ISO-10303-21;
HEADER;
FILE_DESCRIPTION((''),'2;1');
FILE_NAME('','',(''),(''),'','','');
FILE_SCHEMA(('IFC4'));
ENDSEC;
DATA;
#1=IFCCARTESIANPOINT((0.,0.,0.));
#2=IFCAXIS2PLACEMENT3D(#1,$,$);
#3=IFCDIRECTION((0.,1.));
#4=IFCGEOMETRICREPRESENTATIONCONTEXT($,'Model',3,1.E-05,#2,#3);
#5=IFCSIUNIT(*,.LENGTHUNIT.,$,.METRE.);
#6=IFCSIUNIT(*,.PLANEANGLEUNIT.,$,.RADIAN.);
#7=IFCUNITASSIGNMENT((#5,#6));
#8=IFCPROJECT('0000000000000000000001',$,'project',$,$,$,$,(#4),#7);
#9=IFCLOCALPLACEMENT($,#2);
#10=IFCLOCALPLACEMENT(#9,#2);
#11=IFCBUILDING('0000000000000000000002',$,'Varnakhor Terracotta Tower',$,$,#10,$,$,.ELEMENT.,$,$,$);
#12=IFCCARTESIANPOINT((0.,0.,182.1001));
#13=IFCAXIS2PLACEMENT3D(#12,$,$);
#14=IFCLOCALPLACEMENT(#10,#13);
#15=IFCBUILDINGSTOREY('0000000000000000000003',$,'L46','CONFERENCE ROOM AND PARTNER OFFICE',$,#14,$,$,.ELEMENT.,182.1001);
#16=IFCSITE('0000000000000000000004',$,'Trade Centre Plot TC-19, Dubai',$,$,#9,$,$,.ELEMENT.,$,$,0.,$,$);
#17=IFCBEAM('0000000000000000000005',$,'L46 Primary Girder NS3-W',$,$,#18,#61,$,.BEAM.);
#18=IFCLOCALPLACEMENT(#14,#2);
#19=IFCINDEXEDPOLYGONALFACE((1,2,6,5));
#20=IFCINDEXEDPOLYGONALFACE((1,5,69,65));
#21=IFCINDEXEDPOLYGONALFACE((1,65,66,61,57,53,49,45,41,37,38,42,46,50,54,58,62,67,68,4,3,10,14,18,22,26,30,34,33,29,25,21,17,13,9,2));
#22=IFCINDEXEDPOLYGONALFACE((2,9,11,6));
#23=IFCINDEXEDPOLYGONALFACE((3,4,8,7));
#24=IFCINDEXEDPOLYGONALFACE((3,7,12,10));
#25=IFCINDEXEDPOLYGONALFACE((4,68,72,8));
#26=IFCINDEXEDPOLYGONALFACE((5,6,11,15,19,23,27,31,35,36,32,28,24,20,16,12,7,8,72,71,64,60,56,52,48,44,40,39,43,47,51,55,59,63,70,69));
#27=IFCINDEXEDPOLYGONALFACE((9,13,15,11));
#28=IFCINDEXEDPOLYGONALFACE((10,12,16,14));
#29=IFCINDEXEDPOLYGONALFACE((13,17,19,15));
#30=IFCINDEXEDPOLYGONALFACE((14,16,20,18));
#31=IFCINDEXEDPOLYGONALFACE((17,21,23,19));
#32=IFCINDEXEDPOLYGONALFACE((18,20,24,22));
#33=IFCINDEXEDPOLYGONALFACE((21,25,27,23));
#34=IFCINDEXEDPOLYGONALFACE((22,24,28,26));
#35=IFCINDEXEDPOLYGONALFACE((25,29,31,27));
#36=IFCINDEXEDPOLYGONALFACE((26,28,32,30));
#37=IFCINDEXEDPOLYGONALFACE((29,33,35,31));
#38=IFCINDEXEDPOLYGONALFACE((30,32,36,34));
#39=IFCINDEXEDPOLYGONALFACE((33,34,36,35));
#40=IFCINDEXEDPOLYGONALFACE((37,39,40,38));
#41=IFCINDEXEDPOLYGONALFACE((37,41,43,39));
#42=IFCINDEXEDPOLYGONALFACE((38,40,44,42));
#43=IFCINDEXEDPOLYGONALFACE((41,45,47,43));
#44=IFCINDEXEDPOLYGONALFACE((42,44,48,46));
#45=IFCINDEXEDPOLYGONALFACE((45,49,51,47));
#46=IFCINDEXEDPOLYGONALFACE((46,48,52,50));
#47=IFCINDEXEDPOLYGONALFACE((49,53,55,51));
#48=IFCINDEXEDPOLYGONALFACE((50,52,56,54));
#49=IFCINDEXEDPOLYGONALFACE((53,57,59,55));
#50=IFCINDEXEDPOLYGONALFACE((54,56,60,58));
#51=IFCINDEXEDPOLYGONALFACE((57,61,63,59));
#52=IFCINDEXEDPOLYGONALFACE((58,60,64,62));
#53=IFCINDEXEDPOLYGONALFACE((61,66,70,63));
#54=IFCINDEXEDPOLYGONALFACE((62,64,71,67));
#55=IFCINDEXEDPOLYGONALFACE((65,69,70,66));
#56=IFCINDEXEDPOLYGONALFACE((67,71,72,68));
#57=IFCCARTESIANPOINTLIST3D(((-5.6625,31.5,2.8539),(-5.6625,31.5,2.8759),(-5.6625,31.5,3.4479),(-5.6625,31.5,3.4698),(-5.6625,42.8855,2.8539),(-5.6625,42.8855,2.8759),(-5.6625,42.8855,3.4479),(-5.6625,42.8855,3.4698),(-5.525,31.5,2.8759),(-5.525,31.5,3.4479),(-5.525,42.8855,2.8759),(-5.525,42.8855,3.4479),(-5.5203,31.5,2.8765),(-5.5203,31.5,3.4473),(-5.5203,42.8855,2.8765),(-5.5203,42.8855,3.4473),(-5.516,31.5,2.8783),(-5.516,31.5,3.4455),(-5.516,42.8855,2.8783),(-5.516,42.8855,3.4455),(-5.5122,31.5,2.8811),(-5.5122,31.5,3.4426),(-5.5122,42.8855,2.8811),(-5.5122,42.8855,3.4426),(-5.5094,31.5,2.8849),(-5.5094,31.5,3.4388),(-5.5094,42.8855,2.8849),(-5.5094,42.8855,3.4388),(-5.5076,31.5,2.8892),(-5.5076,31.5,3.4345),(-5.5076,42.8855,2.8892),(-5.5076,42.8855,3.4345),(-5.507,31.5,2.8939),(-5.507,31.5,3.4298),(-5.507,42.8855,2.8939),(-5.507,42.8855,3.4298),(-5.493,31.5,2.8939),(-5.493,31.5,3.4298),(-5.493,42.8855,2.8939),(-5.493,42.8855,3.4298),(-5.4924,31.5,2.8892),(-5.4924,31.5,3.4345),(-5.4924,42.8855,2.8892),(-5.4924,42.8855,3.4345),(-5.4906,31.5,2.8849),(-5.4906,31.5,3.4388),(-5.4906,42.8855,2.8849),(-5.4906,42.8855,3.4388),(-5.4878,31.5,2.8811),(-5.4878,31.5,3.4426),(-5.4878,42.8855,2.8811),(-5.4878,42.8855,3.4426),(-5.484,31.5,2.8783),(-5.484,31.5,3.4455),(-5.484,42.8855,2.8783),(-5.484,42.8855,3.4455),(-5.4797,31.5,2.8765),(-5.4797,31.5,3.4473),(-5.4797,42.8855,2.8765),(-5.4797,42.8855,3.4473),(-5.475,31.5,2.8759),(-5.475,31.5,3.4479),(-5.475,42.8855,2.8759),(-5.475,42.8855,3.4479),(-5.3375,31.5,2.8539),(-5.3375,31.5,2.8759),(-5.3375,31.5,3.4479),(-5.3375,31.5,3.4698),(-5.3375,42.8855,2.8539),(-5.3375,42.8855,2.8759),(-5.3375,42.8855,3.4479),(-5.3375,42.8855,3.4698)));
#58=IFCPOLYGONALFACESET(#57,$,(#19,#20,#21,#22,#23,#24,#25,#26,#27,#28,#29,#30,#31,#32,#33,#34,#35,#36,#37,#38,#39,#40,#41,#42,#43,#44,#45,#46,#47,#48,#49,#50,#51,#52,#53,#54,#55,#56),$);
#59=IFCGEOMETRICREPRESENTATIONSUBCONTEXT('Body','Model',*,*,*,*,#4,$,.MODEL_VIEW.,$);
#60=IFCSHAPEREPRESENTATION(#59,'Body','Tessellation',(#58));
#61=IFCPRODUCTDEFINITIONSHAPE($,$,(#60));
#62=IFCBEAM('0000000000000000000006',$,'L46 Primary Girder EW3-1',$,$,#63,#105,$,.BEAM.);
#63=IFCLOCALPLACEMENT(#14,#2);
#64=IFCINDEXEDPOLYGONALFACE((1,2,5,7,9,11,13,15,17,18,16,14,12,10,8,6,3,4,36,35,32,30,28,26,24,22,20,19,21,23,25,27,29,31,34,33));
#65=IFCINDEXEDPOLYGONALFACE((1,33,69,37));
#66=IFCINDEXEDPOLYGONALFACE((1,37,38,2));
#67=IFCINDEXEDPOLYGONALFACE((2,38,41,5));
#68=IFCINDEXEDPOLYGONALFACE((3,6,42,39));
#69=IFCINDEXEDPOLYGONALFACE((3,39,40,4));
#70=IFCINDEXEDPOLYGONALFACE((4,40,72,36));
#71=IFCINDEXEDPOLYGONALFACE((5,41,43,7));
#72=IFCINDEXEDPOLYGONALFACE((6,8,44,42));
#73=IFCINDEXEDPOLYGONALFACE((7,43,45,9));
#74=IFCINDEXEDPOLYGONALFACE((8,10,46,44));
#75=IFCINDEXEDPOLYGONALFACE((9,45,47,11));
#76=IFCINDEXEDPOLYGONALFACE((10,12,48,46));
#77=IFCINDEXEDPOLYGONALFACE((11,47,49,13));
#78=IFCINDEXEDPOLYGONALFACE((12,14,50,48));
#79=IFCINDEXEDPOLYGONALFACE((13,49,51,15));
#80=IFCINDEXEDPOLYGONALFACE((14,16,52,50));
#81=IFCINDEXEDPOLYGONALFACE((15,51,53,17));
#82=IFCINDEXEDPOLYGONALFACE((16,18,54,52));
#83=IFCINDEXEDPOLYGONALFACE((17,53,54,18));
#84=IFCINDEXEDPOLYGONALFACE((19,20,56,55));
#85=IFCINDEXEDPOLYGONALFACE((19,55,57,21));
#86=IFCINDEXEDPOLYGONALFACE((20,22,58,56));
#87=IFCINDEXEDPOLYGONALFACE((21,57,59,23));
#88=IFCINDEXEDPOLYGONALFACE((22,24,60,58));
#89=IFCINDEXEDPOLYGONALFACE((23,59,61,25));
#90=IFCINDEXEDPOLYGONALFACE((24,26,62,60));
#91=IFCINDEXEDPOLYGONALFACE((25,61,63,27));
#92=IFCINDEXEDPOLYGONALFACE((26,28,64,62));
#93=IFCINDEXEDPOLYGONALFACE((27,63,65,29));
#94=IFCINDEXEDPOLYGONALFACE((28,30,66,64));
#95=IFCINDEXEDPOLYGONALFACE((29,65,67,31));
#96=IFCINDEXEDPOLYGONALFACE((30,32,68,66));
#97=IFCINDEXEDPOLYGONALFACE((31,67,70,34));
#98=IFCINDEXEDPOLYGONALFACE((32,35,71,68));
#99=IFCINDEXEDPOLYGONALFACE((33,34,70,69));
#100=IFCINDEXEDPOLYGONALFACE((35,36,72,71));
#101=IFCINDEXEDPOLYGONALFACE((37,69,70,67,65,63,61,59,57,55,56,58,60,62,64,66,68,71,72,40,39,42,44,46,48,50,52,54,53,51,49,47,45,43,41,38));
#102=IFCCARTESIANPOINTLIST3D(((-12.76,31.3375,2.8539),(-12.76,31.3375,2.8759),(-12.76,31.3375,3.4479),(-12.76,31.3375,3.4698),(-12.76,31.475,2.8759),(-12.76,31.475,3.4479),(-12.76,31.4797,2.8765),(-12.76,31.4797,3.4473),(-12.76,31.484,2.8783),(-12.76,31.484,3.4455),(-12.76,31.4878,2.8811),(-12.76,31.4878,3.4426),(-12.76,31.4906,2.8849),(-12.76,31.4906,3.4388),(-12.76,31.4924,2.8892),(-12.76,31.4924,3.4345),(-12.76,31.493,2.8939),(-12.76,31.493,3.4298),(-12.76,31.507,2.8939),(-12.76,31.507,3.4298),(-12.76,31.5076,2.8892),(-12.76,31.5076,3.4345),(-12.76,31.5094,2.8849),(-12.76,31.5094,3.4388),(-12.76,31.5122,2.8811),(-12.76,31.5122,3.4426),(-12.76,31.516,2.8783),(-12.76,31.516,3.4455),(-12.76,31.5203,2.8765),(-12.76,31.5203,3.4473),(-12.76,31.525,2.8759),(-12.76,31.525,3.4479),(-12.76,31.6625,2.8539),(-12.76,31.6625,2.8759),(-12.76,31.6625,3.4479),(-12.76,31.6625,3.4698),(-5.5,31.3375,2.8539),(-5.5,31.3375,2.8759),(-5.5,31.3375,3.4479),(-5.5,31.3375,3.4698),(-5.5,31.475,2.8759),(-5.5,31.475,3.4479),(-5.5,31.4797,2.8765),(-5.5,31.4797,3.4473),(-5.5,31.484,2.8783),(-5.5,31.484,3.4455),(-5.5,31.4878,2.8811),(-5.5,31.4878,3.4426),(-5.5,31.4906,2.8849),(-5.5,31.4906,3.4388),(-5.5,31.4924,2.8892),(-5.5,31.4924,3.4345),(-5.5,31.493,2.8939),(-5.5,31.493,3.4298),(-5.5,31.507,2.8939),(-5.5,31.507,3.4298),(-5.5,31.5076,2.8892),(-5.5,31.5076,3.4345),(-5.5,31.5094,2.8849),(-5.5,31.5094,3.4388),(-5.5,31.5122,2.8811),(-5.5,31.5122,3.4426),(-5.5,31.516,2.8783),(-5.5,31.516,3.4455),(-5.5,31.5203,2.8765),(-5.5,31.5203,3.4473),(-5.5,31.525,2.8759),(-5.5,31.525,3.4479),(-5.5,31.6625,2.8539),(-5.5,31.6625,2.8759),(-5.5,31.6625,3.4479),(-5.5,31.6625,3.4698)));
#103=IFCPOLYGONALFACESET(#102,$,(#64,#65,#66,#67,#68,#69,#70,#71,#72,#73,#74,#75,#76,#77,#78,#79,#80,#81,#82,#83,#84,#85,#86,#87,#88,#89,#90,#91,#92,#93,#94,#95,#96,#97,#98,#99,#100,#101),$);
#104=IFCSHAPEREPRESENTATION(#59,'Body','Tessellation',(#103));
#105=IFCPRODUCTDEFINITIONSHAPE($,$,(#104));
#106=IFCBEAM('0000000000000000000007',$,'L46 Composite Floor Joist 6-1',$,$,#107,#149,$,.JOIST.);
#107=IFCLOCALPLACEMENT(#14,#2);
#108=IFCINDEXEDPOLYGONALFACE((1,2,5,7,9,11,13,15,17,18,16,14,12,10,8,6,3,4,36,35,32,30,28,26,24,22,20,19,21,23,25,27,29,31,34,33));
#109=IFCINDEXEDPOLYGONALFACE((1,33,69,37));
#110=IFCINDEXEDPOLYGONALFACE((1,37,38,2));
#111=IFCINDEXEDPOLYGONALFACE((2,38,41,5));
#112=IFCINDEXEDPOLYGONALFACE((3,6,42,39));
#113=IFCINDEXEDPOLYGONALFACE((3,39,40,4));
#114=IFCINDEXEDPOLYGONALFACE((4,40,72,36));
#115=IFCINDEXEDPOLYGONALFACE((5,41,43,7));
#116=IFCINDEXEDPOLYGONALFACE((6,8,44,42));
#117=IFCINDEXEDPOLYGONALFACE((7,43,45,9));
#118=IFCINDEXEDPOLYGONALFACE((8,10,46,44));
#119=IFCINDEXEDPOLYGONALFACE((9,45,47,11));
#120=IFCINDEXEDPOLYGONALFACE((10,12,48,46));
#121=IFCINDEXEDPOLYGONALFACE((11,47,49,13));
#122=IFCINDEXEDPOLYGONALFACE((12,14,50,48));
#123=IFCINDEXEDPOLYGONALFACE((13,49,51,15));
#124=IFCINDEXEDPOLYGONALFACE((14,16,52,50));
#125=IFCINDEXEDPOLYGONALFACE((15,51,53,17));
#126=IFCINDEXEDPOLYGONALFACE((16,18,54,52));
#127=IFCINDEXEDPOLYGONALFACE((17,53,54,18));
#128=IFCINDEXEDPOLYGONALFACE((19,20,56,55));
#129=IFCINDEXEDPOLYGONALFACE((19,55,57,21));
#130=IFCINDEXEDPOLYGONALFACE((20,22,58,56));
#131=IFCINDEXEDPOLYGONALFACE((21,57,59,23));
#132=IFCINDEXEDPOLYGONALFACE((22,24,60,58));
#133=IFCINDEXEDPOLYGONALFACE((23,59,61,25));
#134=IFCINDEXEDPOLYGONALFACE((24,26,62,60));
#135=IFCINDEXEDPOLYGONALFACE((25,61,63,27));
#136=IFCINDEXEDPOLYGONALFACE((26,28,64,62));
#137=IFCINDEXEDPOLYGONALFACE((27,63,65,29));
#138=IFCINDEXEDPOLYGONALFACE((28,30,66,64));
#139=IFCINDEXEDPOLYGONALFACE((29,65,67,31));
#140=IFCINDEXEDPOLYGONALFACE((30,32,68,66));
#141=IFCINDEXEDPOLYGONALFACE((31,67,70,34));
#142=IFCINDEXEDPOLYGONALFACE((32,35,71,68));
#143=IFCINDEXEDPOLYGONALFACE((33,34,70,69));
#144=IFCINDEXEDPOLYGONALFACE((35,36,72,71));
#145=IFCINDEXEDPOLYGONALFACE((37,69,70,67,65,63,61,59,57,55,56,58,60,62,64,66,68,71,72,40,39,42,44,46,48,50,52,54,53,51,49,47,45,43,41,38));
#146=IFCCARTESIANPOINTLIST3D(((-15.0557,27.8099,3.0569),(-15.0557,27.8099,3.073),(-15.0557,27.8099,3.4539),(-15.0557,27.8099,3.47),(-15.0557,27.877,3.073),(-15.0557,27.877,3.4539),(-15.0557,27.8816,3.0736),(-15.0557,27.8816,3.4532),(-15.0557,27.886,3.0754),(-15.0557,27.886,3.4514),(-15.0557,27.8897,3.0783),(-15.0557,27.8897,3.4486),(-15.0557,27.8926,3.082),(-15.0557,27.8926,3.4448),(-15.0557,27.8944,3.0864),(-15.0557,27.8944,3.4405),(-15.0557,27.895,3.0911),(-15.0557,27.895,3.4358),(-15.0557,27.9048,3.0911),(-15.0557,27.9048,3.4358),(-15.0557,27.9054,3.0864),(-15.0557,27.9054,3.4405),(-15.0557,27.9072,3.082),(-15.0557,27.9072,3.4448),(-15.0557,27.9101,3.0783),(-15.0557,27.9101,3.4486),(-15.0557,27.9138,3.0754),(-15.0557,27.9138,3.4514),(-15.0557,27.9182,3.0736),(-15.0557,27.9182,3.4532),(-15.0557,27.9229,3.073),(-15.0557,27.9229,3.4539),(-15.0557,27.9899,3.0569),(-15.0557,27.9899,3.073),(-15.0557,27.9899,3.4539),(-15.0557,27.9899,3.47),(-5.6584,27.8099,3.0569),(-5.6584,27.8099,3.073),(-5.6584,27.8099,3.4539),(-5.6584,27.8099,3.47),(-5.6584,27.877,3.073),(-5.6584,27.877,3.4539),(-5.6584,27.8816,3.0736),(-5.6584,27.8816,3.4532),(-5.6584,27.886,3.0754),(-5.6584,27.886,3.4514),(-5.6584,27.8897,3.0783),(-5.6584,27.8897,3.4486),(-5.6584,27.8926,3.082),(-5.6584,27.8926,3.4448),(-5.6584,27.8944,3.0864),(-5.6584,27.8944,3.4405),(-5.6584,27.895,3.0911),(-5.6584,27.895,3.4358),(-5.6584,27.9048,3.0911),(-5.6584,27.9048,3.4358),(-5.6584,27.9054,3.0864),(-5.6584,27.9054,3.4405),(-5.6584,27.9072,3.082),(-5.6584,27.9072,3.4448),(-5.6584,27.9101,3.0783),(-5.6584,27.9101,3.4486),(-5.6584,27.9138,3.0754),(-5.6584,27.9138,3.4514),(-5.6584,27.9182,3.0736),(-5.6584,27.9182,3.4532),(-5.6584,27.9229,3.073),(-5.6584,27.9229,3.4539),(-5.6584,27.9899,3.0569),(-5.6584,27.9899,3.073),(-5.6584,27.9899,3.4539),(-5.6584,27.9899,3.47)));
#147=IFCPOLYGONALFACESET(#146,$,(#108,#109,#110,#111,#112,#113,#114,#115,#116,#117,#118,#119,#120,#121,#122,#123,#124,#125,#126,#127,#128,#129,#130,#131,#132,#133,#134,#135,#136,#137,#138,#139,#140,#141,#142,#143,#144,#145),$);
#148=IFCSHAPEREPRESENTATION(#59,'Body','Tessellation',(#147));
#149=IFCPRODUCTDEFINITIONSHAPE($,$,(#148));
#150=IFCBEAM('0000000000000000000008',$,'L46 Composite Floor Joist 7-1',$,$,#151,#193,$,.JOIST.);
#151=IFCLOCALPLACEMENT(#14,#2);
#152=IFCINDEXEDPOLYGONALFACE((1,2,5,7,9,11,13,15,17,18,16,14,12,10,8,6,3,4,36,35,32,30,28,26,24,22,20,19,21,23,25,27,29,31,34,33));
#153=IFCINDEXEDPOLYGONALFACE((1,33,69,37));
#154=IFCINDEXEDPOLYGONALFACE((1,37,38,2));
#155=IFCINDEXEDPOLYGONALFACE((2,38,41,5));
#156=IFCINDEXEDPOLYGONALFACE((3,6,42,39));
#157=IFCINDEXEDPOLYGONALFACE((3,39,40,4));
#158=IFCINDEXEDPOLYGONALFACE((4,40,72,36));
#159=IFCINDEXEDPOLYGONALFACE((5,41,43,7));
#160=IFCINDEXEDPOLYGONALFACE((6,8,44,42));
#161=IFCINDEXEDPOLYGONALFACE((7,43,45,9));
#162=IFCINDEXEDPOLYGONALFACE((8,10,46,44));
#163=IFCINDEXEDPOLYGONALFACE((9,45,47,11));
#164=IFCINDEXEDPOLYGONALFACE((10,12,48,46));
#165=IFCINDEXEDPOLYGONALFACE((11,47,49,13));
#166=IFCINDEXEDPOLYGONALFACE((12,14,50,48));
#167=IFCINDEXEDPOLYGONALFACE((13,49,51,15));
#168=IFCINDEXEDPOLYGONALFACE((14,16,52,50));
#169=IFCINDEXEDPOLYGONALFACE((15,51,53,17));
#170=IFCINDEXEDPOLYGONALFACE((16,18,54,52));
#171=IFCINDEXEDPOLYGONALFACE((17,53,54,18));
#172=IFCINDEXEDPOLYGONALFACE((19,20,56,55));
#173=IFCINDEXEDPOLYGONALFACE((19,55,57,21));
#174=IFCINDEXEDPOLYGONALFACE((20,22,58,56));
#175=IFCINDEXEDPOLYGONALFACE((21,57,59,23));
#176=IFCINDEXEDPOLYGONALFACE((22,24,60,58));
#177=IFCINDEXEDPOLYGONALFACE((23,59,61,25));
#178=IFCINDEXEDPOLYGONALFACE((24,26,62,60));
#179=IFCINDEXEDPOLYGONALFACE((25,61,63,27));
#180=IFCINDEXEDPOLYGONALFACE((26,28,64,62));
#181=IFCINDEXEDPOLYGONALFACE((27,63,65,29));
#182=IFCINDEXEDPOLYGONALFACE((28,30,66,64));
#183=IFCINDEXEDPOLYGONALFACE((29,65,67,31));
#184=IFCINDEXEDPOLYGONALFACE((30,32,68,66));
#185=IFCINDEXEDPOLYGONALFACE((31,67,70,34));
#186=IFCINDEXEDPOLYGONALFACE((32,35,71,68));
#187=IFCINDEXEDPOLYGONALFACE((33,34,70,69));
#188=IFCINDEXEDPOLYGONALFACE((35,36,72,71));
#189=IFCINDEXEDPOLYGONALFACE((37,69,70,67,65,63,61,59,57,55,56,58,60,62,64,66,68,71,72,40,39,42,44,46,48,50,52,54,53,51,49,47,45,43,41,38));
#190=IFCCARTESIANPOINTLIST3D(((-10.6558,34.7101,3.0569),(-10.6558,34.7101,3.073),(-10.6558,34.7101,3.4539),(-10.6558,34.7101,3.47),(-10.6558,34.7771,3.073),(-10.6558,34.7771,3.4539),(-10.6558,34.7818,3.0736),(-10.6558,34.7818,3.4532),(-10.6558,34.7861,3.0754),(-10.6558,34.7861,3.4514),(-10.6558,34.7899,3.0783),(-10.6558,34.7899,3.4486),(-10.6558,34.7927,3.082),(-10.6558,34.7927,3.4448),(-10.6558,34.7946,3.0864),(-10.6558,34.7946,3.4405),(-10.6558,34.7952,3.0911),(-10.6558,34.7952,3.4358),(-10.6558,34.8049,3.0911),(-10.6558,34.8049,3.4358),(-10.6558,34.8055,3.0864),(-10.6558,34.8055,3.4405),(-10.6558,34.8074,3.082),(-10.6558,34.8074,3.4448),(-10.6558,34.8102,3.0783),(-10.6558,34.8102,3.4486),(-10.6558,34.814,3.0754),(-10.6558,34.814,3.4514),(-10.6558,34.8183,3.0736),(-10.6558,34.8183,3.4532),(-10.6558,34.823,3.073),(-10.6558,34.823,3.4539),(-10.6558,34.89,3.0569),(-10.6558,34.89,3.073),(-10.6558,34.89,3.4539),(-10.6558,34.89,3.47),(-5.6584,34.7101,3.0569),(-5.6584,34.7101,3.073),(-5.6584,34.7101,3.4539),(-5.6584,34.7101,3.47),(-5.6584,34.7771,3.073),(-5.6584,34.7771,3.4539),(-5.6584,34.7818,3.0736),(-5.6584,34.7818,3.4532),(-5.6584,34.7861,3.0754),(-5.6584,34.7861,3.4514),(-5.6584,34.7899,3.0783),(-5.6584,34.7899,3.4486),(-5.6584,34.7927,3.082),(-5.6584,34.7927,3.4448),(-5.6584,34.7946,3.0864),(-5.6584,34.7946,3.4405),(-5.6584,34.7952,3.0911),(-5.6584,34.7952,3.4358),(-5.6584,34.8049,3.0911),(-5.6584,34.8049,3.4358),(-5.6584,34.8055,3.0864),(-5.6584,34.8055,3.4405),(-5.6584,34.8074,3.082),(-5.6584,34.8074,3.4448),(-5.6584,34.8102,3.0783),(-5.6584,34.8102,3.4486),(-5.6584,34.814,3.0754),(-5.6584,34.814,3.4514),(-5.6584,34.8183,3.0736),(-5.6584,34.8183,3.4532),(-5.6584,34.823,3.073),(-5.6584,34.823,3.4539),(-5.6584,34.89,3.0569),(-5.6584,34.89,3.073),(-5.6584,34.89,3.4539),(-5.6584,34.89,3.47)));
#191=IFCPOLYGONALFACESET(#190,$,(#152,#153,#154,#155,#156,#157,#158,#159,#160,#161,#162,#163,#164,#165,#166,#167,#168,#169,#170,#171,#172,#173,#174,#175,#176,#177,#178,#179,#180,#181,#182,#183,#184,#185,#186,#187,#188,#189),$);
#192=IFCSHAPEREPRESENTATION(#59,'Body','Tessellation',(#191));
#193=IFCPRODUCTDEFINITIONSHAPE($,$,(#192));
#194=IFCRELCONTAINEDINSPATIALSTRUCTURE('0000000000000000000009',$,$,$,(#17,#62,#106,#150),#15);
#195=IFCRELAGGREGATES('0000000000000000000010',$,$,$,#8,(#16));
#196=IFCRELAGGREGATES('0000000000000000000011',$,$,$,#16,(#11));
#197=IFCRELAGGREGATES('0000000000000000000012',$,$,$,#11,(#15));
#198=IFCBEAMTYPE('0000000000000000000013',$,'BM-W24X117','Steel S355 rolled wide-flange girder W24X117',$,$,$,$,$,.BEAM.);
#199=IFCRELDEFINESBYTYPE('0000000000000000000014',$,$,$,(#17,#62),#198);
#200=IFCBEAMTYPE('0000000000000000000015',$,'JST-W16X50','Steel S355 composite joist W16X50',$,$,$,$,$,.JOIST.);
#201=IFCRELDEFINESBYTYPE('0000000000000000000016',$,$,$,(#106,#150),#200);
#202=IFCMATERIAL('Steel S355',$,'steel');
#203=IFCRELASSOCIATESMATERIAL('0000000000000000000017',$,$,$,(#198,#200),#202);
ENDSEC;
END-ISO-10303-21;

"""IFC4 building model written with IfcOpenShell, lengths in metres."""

from ifc_helpers import new_model, si_unit, direction, frame, origin, origin_2d, place, context, subcontext, project, spatial, i_section, extrude, source, transform, mapped, material, material_profile, profile_set, type_object, element, save


model = new_model("IFC4")

# Units and contexts
model_context = context("Model", 3, precision=1e-05, world=origin(), true_north=direction((0.0, 1.0)))
body_context = subcontext(model_context, "Body", "Model", "MODEL_VIEW")
ifc_project = project(units=[si_unit("LENGTHUNIT", "METRE"), si_unit("PLANEANGLEUNIT", "RADIAN")], contexts=[model_context])

# Site, building, storey
site_placement = place(None, origin())
site = spatial("IfcSite", under=ifc_project, at=site_placement, Name="Trade Centre Plot TC-19, Dubai", CompositionType="ELEMENT", RefElevation=0.0)
building_placement = place(site_placement, origin())
building = spatial("IfcBuilding", under=site, at=building_placement, Name="Varnakhor Terracotta Tower", CompositionType="ELEMENT")
storey_placement = place(building_placement, frame((0.0, 0.0, 182.1001)))
storey = spatial("IfcBuildingStorey", under=building, at=storey_placement, Name="L46", Description="CONFERENCE ROOM AND PARTNER OFFICE", CompositionType="ELEMENT", Elevation=182.1001)

# Beams
ifc_material_1 = material(Name="Steel S355", Category="steel")
ifc_material_profile_1 = material_profile(ifc_material_1, i_section(OverallWidth=0.325, OverallDepth=0.616, WebThickness=0.0139, FlangeThickness=0.022, FilletRadius=0.0181, at=origin_2d()), Name="W24X117")
ifc_profile_set_1 = profile_set([ifc_material_profile_1], Name="Steel S355")
beam_type_1 = type_object("IfcBeamType", Name="BM-W24X117", Description="Steel S355 rolled wide-flange girder W24X117", PredefinedType="BEAM", material=ifc_profile_set_1)
ifc_material_profile_2 = material_profile(ifc_material_1, i_section(OverallWidth=0.1799, OverallDepth=0.4131, WebThickness=0.0098, FlangeThickness=0.0161, FilletRadius=0.0181, at=origin_2d()), Name="W16X50")
ifc_profile_set_2 = profile_set([ifc_material_profile_2], Name="Steel S355")
beam_type_2 = type_object("IfcBeamType", Name="JST-W16X50", Description="Steel S355 composite joist W16X50", PredefinedType="JOIST", material=ifc_profile_set_2)
shared_shape_1 = source(origin(), body_context, "Body", "SweptSolid", [
    extrude(i_section(OverallWidth=0.325, OverallDepth=0.616, WebThickness=0.0139, FlangeThickness=0.022, FilletRadius=0.0181, at=origin_2d()), origin(), (0.0, 0.0, 1.0), 11.3855),
])
beam_1_placement = place(storey_placement, frame((-5.5, 31.5, 3.1619), z_axis=(0.0, 1.0, 0.0), x_axis=(-1.0, 0.0, 0.0)))
element("IfcBeam", 1, at=beam_1_placement, inside=storey, type_object=beam_type_1, Name="L46 Primary Girder NS3-W", PredefinedType="BEAM", context=body_context, shape_type="MappedRepresentation", body=[
    mapped(shared_shape_1, transform((0.0, 0.0, 0.0), scale=1.0)),
])
shared_shape_2 = source(origin(), body_context, "Body", "SweptSolid", [
    extrude(i_section(OverallWidth=0.325, OverallDepth=0.616, WebThickness=0.0139, FlangeThickness=0.022, FilletRadius=0.0181, at=origin_2d()), origin(), (0.0, 0.0, 1.0), 7.26),
])
beam_2_placement = place(storey_placement, frame((-12.76, 31.5, 3.1619), z_axis=(1.0, 0.0, 0.0), x_axis=(0.0, 1.0, 0.0)))
element("IfcBeam", 2, at=beam_2_placement, inside=storey, type_object=beam_type_1, Name="L46 Primary Girder EW3-1", PredefinedType="BEAM", context=body_context, shape_type="MappedRepresentation", body=[
    mapped(shared_shape_2, transform((0.0, 0.0, 0.0), scale=1.0)),
])
shared_shape_3 = source(origin(), body_context, "Body", "SweptSolid", [
    extrude(i_section(OverallWidth=0.1799, OverallDepth=0.4131, WebThickness=0.0098, FlangeThickness=0.0161, FilletRadius=0.0181, at=origin_2d()), origin(), (0.0, 0.0, 1.0), 9.3972),
])
beam_3_placement = place(storey_placement, frame((-15.0557, 27.8999, 3.2634), z_axis=(1.0, 0.0, 0.0), x_axis=(0.0, 1.0, 0.0)))
element("IfcBeam", 3, at=beam_3_placement, inside=storey, type_object=beam_type_2, Name="L46 Composite Floor Joist 6-1", PredefinedType="JOIST", context=body_context, shape_type="MappedRepresentation", body=[
    mapped(shared_shape_3, transform((0.0, 0.0, 0.0), scale=1.0)),
])
shared_shape_4 = source(origin(), body_context, "Body", "SweptSolid", [
    extrude(i_section(OverallWidth=0.1799, OverallDepth=0.4131, WebThickness=0.0098, FlangeThickness=0.0161, FilletRadius=0.0181, at=origin_2d()), origin(), (0.0, 0.0, 1.0), 4.9973),
])
beam_4_placement = place(storey_placement, frame((-10.6558, 34.8, 3.2634), z_axis=(1.0, 0.0, 0.0), x_axis=(0.0, 1.0, 0.0)))
element("IfcBeam", 4, at=beam_4_placement, inside=storey, type_object=beam_type_2, Name="L46 Composite Floor Joist 7-1", PredefinedType="JOIST", context=body_context, shape_type="MappedRepresentation", body=[
    mapped(shared_shape_4, transform((0.0, 0.0, 0.0), scale=1.0)),
])

save(model, "model.ifc")
